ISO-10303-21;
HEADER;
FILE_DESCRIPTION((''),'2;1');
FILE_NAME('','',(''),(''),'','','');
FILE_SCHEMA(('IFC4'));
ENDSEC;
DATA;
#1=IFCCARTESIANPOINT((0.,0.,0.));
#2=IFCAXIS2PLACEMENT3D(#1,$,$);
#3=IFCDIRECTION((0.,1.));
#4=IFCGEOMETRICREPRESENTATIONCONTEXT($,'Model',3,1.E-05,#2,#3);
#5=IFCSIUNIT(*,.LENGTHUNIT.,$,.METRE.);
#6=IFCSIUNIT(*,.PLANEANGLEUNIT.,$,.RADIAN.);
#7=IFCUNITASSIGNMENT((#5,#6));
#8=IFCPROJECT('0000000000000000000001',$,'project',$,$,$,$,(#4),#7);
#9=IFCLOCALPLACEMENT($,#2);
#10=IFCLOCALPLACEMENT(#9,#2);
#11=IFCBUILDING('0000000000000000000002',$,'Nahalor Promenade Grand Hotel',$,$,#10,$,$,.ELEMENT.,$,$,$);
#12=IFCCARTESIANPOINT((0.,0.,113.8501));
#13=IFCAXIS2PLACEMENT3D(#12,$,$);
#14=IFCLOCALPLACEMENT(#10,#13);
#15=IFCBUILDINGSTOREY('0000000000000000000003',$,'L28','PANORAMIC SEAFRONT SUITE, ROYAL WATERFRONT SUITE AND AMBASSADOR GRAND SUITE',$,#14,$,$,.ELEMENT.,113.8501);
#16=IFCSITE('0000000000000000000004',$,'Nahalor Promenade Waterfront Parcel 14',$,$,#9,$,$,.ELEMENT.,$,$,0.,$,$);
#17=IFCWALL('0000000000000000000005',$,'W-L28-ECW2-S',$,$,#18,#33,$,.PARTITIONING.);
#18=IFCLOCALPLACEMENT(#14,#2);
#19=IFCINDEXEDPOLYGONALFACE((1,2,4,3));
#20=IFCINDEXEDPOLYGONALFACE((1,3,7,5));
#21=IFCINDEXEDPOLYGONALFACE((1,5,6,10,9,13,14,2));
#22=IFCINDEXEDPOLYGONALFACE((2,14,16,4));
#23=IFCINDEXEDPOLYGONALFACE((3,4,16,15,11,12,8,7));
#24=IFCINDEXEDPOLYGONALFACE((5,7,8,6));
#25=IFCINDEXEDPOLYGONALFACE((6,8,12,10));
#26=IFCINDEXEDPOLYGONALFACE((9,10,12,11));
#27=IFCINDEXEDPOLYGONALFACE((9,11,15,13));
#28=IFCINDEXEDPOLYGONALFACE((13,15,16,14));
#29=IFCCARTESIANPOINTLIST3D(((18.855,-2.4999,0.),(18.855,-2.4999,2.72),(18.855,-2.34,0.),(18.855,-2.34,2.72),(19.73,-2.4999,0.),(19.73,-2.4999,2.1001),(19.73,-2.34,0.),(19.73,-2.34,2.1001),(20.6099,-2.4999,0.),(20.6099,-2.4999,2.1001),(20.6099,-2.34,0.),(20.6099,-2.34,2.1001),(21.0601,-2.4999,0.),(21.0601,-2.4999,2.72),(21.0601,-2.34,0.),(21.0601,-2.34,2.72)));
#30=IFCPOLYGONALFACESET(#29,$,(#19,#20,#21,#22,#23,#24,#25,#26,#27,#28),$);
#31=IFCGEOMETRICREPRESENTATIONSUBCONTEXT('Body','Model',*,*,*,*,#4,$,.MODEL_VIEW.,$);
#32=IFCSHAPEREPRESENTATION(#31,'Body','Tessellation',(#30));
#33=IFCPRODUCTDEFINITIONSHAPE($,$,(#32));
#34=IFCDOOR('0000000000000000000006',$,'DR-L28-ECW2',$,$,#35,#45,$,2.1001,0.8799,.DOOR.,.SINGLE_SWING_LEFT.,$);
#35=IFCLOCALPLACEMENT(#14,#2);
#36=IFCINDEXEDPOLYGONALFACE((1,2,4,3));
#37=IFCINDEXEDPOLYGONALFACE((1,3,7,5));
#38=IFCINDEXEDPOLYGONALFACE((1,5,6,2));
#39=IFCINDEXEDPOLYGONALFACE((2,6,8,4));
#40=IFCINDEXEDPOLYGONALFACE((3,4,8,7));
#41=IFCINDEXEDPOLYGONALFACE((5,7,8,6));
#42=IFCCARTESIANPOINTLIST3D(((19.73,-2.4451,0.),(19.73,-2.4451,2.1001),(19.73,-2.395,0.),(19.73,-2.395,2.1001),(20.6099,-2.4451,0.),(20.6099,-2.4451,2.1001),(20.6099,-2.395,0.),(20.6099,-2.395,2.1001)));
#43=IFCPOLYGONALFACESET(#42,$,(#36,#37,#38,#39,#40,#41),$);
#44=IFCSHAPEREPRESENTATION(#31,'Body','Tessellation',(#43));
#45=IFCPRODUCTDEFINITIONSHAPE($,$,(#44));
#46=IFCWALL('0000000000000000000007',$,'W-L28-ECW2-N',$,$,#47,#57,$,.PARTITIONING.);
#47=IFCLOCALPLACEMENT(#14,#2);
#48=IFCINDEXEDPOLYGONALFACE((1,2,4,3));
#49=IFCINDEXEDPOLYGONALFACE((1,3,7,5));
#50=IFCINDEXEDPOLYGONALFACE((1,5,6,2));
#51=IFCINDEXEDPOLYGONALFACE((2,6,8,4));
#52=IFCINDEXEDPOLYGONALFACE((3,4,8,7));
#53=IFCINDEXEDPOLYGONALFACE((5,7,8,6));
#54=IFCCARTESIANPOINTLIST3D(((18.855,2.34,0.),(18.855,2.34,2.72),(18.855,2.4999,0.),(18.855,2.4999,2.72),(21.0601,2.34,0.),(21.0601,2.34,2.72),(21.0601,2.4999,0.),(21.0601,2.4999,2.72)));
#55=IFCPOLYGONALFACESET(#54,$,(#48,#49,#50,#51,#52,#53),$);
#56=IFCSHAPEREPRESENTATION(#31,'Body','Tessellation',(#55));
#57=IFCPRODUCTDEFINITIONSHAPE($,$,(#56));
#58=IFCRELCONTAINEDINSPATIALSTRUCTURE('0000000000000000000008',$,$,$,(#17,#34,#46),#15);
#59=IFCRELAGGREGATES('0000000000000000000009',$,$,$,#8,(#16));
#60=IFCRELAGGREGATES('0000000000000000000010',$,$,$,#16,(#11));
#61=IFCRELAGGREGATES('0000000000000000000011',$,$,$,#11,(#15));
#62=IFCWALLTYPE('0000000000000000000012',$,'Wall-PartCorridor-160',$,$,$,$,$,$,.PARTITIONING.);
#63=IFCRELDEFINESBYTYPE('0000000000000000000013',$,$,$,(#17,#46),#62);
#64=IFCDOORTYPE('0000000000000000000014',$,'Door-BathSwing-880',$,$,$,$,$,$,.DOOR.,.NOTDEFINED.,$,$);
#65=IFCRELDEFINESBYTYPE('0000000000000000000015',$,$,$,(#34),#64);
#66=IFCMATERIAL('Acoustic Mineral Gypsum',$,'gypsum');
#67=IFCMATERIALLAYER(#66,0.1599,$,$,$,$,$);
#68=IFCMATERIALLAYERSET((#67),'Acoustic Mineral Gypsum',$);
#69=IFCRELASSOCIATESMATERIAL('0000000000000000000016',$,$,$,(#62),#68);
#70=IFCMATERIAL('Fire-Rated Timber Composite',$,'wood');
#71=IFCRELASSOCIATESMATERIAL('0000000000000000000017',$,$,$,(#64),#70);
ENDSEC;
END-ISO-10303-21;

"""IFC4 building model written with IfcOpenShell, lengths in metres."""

from ifc_helpers import new_model, si_unit, direction, frame, frame_2d, origin, place, context, subcontext, project, spatial, rectangle, extrude, source, transform, mapped, material, layer, layer_set, type_object, element, fill, save


model = new_model("IFC4")

# Units and contexts
model_context = context("Model", 3, precision=1e-05, world=origin(), true_north=direction((0.0, 1.0)))
body_context = subcontext(model_context, "Body", "Model", "MODEL_VIEW")
ifc_project = project(units=[si_unit("LENGTHUNIT", "METRE"), si_unit("PLANEANGLEUNIT", "RADIAN")], contexts=[model_context])

# Site, building, storey
site_placement = place(None, origin())
site = spatial("IfcSite", under=ifc_project, at=site_placement, Name="Nahalor Promenade Waterfront Parcel 14", CompositionType="ELEMENT", RefElevation=0.0)
building_placement = place(site_placement, origin())
building = spatial("IfcBuilding", under=site, at=building_placement, Name="Nahalor Promenade Grand Hotel", CompositionType="ELEMENT")
storey_placement = place(building_placement, frame((0.0, 0.0, 113.8501)))
storey = spatial("IfcBuildingStorey", under=building, at=storey_placement, Name="L28", Description="PANORAMIC SEAFRONT SUITE, ROYAL WATERFRONT SUITE AND AMBASSADOR GRAND SUITE", CompositionType="ELEMENT", Elevation=113.8501)

# Shared definitions
ifc_material_1 = material(Name="Acoustic Mineral Gypsum", Category="gypsum")
ifc_layer_1 = layer(ifc_material_1, 0.1599)
ifc_layer_set_1 = layer_set([ifc_layer_1], Name="Acoustic Mineral Gypsum")
wall_type = type_object("IfcWallType", Name="Wall-PartCorridor-160", PredefinedType="PARTITIONING", material=ifc_layer_set_1)

# Shared definitions
shared_shape_1 = source(origin(), body_context, "Body", "SweptSolid", [
    extrude(rectangle(XDim=2.2051, YDim=0.1599, at=frame_2d((1.1025, 0.0))), origin(), (0.0, 0.0, 1.0), 2.72),
])
ifc_material_2 = material(Name="Fire-Rated Timber Composite", Category="wood")
door_type = type_object("IfcDoorType", Name="Door-BathSwing-880", OperationType="NOTDEFINED", PredefinedType="DOOR", material=ifc_material_2)
shared_shape_2 = source(origin(), body_context, "Body", "SweptSolid", [
    extrude(rectangle(XDim=0.8799, YDim=2.1001, at=frame_2d((0.4399, 1.05))), frame((0.0, 0.0249, 0.0), z_axis=(0.0, -1.0, 0.0), x_axis=(1.0, 0.0, 0.0)), (0.0, 0.0, 1.0), 0.05),
])

# Wall, opening, door
wall_1_placement = place(storey_placement, frame((18.855, -2.4199, 0.0), z_axis=(0.0, 0.0, 1.0), x_axis=(1.0, 0.0, 0.0)))
wall_1 = element("IfcWall", 1, at=wall_1_placement, inside=storey, type_object=wall_type, Name="W-L28-ECW2-S", PredefinedType="PARTITIONING", context=body_context, shape_type="MappedRepresentation", body=[
    mapped(shared_shape_1, transform((0.0, 0.0, 0.0), scale=1.0)),
])
opening_1_placement = place(wall_1_placement, frame((0.875, 0.0, 0.0)))
opening_1 = element("IfcOpeningElement", 2, at=opening_1_placement, cuts=wall_1, PredefinedType="OPENING", context=body_context, shape_type="SweptSolid", body=[
    extrude(rectangle(XDim=0.8799, YDim=2.1001, at=frame_2d((0.4399, 1.05))), frame((0.0, 0.0898, 0.0), z_axis=(0.0, -1.0, 0.0), x_axis=(1.0, 0.0, 0.0)), (0.0, 0.0, 1.0), 0.1799),
])
door_1_placement = place(opening_1_placement, origin())
door_1 = element("IfcDoor", 3, at=door_1_placement, inside=storey, type_object=door_type, Name="DR-L28-ECW2", OperationType="SINGLE_SWING_LEFT", OverallHeight=2.1001, OverallWidth=0.8799, PredefinedType="DOOR", context=body_context, shape_type="MappedRepresentation", body=[
    mapped(shared_shape_2, transform((0.0, 0.0, 0.0), scale=1.0)),
])
fill(opening_1, door_1)

# Wall
wall_2_placement = place(storey_placement, frame((18.855, 2.4199, 0.0), z_axis=(0.0, 0.0, 1.0), x_axis=(1.0, 0.0, 0.0)))
element("IfcWall", 4, at=wall_2_placement, inside=storey, type_object=wall_type, Name="W-L28-ECW2-N", PredefinedType="PARTITIONING", context=body_context, shape_type="MappedRepresentation", body=[
    mapped(shared_shape_1, transform((0.0, 0.0, 0.0), scale=1.0)),
])

save(model, "model.ifc")
